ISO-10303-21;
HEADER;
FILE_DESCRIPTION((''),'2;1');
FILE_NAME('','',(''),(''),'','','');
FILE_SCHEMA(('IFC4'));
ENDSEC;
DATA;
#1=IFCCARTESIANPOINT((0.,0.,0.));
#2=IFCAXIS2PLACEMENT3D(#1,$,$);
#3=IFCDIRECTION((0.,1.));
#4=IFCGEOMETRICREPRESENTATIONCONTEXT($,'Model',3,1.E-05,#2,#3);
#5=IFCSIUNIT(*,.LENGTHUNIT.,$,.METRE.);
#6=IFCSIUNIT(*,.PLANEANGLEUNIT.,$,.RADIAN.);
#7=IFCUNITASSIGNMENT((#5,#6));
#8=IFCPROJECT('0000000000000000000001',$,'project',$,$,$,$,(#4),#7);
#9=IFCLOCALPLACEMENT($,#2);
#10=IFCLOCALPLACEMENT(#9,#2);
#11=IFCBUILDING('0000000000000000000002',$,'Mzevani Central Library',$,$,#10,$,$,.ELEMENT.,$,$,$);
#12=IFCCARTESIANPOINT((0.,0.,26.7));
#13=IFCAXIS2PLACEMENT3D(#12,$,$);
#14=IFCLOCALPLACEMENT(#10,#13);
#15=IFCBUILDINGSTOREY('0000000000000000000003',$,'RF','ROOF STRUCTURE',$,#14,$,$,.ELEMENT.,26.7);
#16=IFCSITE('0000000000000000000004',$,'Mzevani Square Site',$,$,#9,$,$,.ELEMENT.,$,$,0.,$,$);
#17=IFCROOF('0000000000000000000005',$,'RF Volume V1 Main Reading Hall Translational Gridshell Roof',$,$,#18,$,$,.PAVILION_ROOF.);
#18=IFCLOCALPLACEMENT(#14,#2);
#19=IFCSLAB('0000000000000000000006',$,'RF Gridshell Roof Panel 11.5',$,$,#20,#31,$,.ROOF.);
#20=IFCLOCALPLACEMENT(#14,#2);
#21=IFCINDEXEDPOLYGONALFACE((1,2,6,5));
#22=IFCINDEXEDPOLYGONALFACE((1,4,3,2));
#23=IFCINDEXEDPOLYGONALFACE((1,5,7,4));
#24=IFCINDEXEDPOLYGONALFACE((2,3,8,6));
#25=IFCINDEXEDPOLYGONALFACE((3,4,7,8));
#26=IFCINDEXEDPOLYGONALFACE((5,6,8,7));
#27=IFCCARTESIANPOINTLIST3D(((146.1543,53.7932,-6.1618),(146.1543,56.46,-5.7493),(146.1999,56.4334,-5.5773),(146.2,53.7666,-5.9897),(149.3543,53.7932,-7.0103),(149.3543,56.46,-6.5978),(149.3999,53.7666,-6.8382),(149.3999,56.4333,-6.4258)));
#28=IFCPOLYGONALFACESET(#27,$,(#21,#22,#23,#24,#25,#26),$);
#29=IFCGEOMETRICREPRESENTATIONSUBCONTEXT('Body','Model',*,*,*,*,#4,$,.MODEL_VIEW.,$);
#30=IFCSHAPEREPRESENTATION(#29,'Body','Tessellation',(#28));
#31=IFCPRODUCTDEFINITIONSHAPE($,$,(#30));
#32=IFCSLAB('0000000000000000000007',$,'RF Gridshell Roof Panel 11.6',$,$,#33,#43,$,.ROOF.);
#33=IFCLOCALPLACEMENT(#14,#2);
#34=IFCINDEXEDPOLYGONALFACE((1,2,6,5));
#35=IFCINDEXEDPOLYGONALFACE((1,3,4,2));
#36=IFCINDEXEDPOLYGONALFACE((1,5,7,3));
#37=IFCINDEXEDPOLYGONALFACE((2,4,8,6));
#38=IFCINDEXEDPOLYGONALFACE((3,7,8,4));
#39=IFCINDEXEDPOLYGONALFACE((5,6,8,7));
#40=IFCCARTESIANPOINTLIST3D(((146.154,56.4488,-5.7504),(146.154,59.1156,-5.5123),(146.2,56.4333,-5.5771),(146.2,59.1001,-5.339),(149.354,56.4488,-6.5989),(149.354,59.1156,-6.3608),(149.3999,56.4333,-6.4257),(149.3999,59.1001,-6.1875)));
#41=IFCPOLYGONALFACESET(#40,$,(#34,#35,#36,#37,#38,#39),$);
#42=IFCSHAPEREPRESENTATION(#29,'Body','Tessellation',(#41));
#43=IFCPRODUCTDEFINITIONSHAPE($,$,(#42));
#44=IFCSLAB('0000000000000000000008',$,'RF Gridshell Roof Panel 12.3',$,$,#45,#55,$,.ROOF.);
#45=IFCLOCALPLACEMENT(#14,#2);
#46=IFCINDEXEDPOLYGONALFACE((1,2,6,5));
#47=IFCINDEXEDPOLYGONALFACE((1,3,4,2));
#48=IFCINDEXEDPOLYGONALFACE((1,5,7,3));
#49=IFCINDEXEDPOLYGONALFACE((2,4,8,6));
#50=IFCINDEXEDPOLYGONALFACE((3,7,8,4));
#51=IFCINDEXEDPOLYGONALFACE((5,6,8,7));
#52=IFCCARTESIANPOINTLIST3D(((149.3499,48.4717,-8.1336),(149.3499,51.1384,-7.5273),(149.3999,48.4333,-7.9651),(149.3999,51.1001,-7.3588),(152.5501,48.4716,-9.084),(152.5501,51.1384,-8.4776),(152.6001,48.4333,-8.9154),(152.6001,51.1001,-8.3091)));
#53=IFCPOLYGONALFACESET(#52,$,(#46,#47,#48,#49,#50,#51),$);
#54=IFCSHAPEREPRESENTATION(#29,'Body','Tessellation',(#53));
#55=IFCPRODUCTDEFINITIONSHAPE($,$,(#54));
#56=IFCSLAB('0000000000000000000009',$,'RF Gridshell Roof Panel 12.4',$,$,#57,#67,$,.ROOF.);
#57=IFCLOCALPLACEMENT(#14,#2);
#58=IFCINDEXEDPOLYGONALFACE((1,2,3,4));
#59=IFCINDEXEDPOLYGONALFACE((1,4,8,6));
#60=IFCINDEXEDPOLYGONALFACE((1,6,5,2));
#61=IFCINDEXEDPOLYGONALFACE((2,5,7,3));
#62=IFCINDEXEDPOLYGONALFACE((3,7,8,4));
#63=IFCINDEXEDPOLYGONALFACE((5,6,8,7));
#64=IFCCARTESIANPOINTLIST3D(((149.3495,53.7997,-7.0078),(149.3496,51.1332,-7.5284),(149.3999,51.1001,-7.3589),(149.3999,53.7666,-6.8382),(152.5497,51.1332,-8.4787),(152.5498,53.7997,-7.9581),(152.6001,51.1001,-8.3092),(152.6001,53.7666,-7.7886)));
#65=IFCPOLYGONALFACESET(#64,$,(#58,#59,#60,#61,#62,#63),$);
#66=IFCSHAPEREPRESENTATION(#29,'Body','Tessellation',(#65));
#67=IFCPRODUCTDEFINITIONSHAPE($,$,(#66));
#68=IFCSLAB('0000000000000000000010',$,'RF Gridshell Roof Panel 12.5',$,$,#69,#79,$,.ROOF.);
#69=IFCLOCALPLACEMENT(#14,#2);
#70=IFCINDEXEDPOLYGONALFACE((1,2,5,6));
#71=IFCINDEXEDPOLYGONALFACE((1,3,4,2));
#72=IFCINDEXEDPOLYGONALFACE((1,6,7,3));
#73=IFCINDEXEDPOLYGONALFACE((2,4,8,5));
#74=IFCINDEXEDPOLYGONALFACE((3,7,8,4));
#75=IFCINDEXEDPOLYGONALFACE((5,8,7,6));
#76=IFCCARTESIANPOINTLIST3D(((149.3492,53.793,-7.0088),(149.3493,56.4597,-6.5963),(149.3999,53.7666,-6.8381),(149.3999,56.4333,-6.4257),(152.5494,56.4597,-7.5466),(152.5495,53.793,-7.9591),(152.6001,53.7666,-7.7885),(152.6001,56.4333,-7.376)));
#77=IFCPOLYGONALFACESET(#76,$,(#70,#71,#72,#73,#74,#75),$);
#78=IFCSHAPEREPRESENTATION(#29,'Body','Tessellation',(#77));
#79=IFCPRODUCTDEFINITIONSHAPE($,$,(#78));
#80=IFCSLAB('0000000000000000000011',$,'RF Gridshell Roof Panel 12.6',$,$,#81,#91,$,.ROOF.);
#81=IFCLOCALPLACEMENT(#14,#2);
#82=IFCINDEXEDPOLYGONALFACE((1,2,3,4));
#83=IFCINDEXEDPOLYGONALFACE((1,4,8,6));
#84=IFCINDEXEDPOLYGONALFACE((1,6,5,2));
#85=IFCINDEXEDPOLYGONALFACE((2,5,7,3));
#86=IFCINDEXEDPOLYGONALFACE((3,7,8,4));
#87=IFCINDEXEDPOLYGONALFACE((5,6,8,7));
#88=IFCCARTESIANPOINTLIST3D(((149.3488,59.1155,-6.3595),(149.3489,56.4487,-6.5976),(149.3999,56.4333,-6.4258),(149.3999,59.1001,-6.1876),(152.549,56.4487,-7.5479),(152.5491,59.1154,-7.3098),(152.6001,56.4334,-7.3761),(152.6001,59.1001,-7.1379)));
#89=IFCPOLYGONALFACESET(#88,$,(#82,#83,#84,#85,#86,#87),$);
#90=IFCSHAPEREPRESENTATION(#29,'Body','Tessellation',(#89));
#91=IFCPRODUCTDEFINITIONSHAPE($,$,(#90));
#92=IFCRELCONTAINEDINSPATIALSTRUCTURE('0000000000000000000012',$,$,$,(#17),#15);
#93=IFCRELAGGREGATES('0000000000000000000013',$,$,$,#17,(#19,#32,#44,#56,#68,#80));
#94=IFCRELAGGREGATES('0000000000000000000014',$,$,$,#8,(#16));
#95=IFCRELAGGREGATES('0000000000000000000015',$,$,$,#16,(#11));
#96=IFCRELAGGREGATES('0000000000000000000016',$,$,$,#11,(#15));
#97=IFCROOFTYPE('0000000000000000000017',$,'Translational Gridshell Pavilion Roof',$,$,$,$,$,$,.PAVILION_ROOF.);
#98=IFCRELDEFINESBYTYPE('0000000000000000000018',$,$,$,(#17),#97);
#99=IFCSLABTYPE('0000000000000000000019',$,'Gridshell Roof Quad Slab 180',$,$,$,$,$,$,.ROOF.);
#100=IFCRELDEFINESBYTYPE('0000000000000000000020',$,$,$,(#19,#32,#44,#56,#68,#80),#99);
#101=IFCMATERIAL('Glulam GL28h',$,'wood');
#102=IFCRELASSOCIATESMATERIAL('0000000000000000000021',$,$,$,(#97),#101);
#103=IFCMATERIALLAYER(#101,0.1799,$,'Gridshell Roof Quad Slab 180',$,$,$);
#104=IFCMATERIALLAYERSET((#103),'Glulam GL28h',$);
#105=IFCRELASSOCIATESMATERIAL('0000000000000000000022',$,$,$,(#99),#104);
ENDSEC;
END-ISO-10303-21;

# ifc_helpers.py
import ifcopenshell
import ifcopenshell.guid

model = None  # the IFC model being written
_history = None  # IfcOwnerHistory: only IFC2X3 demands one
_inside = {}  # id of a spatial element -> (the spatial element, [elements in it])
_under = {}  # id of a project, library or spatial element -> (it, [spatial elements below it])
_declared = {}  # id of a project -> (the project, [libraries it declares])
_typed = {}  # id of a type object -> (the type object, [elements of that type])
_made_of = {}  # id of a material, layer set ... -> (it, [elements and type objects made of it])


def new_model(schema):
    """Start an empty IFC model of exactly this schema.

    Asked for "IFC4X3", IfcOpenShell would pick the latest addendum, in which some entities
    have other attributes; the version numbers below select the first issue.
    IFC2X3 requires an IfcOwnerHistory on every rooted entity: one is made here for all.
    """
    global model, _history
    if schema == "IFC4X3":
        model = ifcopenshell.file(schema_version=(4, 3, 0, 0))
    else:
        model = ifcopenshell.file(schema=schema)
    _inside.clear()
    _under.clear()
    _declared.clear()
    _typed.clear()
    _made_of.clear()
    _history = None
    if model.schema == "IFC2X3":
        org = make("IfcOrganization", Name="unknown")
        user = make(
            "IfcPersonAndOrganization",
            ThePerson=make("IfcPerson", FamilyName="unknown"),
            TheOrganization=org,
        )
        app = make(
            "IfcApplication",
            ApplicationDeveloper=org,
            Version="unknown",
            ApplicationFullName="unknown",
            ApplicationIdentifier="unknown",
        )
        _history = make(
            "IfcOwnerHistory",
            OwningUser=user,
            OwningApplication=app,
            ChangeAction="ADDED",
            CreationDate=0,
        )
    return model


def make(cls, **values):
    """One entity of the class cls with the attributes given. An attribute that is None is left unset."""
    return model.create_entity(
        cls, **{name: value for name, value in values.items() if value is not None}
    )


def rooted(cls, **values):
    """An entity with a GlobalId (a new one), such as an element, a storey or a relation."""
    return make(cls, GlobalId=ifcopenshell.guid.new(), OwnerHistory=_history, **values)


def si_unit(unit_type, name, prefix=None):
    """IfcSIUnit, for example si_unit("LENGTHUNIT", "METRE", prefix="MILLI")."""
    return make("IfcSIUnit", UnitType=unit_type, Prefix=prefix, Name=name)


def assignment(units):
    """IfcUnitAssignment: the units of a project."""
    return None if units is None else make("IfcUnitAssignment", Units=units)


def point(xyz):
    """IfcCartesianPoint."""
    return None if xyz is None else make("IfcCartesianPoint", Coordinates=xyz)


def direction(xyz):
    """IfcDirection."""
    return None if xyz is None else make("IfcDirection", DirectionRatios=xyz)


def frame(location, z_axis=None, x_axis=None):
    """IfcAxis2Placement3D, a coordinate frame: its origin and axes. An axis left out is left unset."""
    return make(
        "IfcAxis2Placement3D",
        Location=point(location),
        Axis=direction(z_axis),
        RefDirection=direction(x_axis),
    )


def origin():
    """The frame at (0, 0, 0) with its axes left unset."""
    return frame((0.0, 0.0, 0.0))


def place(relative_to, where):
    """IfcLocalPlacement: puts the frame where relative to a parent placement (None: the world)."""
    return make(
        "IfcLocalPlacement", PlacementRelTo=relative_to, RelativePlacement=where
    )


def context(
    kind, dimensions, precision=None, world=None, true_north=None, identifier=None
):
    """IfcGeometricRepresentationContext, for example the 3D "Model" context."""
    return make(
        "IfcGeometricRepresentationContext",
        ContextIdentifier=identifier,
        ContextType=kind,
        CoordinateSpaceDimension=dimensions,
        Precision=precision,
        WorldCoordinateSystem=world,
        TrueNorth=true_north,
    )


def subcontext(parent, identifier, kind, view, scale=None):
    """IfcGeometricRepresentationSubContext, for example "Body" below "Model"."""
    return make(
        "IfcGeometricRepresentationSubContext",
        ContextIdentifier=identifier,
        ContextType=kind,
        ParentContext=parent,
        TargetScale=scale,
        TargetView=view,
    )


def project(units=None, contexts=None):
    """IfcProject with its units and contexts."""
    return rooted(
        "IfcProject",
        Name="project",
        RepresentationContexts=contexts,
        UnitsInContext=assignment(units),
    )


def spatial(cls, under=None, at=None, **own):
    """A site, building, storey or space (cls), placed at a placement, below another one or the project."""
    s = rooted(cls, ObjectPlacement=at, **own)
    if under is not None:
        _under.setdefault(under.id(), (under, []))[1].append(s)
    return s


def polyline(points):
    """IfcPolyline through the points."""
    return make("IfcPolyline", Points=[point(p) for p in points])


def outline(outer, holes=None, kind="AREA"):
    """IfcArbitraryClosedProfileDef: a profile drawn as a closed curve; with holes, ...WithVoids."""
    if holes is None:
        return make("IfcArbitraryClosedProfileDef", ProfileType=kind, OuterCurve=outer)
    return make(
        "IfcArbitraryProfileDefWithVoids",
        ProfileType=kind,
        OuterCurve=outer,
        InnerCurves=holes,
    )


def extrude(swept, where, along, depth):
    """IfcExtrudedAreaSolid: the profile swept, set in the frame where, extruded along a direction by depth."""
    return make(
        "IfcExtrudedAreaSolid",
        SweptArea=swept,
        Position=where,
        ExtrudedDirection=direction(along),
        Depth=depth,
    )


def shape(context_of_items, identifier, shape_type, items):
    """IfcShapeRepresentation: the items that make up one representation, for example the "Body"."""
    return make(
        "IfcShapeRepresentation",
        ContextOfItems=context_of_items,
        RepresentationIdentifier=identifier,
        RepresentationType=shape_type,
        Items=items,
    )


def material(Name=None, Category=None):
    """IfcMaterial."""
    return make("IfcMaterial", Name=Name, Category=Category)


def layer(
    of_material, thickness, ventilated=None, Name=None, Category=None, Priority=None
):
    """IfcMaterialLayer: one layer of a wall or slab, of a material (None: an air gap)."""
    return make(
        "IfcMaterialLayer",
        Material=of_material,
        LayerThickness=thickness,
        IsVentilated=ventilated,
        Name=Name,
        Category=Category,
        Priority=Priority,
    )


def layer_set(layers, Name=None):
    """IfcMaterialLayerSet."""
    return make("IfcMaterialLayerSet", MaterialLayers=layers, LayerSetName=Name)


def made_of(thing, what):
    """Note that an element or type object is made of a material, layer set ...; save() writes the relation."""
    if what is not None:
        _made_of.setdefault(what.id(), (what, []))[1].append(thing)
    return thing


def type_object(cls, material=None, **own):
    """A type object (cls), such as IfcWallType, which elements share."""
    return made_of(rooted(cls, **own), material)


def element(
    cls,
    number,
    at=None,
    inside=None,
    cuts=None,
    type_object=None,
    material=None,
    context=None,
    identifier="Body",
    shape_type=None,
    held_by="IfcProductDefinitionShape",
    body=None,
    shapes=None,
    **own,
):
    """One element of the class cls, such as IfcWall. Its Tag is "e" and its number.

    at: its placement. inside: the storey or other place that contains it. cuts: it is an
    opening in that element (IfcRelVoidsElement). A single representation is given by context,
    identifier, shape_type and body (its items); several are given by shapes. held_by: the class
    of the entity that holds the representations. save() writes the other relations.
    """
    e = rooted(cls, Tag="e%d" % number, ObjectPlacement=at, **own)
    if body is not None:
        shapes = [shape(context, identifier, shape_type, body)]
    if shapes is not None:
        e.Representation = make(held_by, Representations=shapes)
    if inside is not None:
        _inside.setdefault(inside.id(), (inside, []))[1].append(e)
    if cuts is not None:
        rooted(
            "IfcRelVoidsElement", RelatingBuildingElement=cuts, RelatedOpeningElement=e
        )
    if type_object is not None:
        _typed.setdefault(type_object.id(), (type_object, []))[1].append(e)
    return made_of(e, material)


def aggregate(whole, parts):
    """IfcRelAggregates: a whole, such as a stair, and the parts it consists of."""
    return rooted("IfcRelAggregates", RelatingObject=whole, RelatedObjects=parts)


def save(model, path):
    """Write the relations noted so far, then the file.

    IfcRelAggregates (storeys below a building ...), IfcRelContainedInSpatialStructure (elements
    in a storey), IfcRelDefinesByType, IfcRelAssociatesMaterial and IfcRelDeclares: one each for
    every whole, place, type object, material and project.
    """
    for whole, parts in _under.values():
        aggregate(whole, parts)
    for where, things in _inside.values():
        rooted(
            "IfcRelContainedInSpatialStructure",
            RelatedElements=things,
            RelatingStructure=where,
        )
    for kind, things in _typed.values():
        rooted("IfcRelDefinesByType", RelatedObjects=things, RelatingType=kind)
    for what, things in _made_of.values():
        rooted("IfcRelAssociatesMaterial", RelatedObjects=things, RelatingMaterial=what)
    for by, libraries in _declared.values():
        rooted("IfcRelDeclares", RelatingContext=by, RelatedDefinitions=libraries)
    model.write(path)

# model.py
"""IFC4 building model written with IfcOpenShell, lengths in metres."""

from ifc_helpers import new_model, si_unit, direction, frame, origin, place, context, subcontext, project, spatial, polyline, outline, extrude, material, layer, layer_set, type_object, element, aggregate, save


model = new_model("IFC4")

# Units and contexts
model_context = context("Model", 3, precision=1e-05, world=origin(), true_north=direction((0.0, 1.0)))
body_context = subcontext(model_context, "Body", "Model", "MODEL_VIEW")
ifc_project = project(units=[si_unit("LENGTHUNIT", "METRE"), si_unit("PLANEANGLEUNIT", "RADIAN")], contexts=[model_context])

# Site, building, storey
site_placement = place(None, origin())
site = spatial("IfcSite", under=ifc_project, at=site_placement, Name="Mzevani Square Site", CompositionType="ELEMENT", RefElevation=0.0)
building_placement = place(site_placement, origin())
building = spatial("IfcBuilding", under=site, at=building_placement, Name="Mzevani Central Library", CompositionType="ELEMENT")
storey_placement = place(building_placement, frame((0.0, 0.0, 26.7)))
storey = spatial("IfcBuildingStorey", under=building, at=storey_placement, Name="RF", Description="ROOF STRUCTURE", CompositionType="ELEMENT", Elevation=26.7)

# Shared definitions
ifc_material_1 = material(Name="Glulam GL28h", Category="wood")

# Roof, slabs
roof_type = type_object("IfcRoofType", Name="Translational Gridshell Pavilion Roof", PredefinedType="PAVILION_ROOF", material=ifc_material_1)
roof_placement = place(storey_placement, origin())
roof = element("IfcRoof", 1, at=roof_placement, inside=storey, type_object=roof_type, Name="RF Volume V1 Main Reading Hall Translational Gridshell Roof", PredefinedType="PAVILION_ROOF")
ifc_layer_1 = layer(ifc_material_1, 0.1799, Name="Gridshell Roof Quad Slab 180")
ifc_layer_set_1 = layer_set([ifc_layer_1], Name="Glulam GL28h")
slab_type = type_object("IfcSlabType", Name="Gridshell Roof Quad Slab 180", PredefinedType="ROOF", material=ifc_layer_set_1)
slab_1_placement = place(storey_placement, frame((146.2, 53.7666, -5.9897), z_axis=(0.253489, -0.147863, 0.955971), x_axis=(0.966596, 0.000005, -0.256305)))
slab_1 = element("IfcSlab", 2, at=slab_1_placement, type_object=slab_type, Name="RF Gridshell Roof Panel 11.5", PredefinedType="ROOF", context=body_context, shape_type="SweptSolid", body=[
    extrude(outline(polyline([(0.0, 0.0), (3.3105, 0.0), (3.2048, 2.6964), (-0.1057, 2.6964), (0.0, 0.0)])), origin(), (0.0, 0.0, -1.0), 0.1799),
])
slab_2_placement = place(storey_placement, frame((146.2, 56.4333, -5.5771), z_axis=(0.255356, -0.086004, 0.963014), x_axis=(0.966596, -0.000003, -0.256306)))
slab_2 = element("IfcSlab", 3, at=slab_2_placement, type_object=slab_type, Name="RF Gridshell Roof Panel 11.6", PredefinedType="ROOF", context=body_context, shape_type="SweptSolid", body=[
    extrude(outline(polyline([(0.0, 0.0), (3.3106, 0.0), (3.2495, 2.6767), (-0.061, 2.6767), (0.0, 0.0)])), origin(), (0.0, 0.0, -1.0), 0.1799),
])
slab_3_placement = place(storey_placement, frame((149.3999, 48.4333, -7.9651), z_axis=(0.27814, -0.212958, 0.936636), x_axis=(0.958625, -0.000007, -0.284671)))
slab_3 = element("IfcSlab", 4, at=slab_3_placement, type_object=slab_type, Name="RF Gridshell Roof Panel 12.3", PredefinedType="ROOF", context=body_context, shape_type="SweptSolid", body=[
    extrude(outline(polyline([(0.0, 0.0), (3.3384, 0.0), (3.1657, 2.7294), (-0.1726, 2.7293), (0.0, 0.0)])), origin(), (0.0, 0.0, -1.0), 0.1799),
])
slab_4_placement = place(storey_placement, frame((149.3999, 51.1001, -7.3589), z_axis=(0.279811, -0.183975, 0.942263), x_axis=(0.958626, 0.000006, -0.284669)))
slab_4 = element("IfcSlab", 5, at=slab_4_placement, type_object=slab_type, Name="RF Gridshell Roof Panel 12.4", PredefinedType="ROOF", context=body_context, shape_type="SweptSolid", body=[
    extrude(outline(polyline([(0.0, 0.0), (3.3383, 0.0), (3.1901, 2.7128), (-0.1482, 2.7128), (0.0, 0.0)])), origin(), (0.0, 0.0, -1.0), 0.1799),
])
slab_5_placement = place(storey_placement, frame((149.3999, 53.7666, -6.8381), z_axis=(0.281591, -0.146671, 0.948259), x_axis=(0.958625, -0.000005, -0.28467)))
slab_5 = element("IfcSlab", 6, at=slab_5_placement, type_object=slab_type, Name="RF Gridshell Roof Panel 12.5", PredefinedType="ROOF", context=body_context, shape_type="SweptSolid", body=[
    extrude(outline(polyline([(0.0, 0.0), (3.3384, 0.0), (3.2209, 2.6959), (-0.1174, 2.6959), (0.0, 0.0)])), origin(), (0.0, 0.0, -1.0), 0.1799),
])
slab_6_placement = place(storey_placement, frame((149.3999, 56.4333, -6.4258), z_axis=(0.283632, -0.0853, 0.955132), x_axis=(0.958626, 0.000003, -0.284669)))
slab_6 = element("IfcSlab", 7, at=slab_6_placement, type_object=slab_type, Name="RF Gridshell Roof Panel 12.6", PredefinedType="ROOF", context=body_context, shape_type="SweptSolid", body=[
    extrude(outline(polyline([(0.0, 0.0), (3.3383, 0.0), (3.2705, 2.6765), (-0.0678, 2.6765), (0.0, 0.0)])), origin(), (0.0, 0.0, -1.0), 0.1799),
])
aggregate(roof, [slab_1, slab_2, slab_3, slab_4, slab_5, slab_6])

save(model, "model.ifc")
